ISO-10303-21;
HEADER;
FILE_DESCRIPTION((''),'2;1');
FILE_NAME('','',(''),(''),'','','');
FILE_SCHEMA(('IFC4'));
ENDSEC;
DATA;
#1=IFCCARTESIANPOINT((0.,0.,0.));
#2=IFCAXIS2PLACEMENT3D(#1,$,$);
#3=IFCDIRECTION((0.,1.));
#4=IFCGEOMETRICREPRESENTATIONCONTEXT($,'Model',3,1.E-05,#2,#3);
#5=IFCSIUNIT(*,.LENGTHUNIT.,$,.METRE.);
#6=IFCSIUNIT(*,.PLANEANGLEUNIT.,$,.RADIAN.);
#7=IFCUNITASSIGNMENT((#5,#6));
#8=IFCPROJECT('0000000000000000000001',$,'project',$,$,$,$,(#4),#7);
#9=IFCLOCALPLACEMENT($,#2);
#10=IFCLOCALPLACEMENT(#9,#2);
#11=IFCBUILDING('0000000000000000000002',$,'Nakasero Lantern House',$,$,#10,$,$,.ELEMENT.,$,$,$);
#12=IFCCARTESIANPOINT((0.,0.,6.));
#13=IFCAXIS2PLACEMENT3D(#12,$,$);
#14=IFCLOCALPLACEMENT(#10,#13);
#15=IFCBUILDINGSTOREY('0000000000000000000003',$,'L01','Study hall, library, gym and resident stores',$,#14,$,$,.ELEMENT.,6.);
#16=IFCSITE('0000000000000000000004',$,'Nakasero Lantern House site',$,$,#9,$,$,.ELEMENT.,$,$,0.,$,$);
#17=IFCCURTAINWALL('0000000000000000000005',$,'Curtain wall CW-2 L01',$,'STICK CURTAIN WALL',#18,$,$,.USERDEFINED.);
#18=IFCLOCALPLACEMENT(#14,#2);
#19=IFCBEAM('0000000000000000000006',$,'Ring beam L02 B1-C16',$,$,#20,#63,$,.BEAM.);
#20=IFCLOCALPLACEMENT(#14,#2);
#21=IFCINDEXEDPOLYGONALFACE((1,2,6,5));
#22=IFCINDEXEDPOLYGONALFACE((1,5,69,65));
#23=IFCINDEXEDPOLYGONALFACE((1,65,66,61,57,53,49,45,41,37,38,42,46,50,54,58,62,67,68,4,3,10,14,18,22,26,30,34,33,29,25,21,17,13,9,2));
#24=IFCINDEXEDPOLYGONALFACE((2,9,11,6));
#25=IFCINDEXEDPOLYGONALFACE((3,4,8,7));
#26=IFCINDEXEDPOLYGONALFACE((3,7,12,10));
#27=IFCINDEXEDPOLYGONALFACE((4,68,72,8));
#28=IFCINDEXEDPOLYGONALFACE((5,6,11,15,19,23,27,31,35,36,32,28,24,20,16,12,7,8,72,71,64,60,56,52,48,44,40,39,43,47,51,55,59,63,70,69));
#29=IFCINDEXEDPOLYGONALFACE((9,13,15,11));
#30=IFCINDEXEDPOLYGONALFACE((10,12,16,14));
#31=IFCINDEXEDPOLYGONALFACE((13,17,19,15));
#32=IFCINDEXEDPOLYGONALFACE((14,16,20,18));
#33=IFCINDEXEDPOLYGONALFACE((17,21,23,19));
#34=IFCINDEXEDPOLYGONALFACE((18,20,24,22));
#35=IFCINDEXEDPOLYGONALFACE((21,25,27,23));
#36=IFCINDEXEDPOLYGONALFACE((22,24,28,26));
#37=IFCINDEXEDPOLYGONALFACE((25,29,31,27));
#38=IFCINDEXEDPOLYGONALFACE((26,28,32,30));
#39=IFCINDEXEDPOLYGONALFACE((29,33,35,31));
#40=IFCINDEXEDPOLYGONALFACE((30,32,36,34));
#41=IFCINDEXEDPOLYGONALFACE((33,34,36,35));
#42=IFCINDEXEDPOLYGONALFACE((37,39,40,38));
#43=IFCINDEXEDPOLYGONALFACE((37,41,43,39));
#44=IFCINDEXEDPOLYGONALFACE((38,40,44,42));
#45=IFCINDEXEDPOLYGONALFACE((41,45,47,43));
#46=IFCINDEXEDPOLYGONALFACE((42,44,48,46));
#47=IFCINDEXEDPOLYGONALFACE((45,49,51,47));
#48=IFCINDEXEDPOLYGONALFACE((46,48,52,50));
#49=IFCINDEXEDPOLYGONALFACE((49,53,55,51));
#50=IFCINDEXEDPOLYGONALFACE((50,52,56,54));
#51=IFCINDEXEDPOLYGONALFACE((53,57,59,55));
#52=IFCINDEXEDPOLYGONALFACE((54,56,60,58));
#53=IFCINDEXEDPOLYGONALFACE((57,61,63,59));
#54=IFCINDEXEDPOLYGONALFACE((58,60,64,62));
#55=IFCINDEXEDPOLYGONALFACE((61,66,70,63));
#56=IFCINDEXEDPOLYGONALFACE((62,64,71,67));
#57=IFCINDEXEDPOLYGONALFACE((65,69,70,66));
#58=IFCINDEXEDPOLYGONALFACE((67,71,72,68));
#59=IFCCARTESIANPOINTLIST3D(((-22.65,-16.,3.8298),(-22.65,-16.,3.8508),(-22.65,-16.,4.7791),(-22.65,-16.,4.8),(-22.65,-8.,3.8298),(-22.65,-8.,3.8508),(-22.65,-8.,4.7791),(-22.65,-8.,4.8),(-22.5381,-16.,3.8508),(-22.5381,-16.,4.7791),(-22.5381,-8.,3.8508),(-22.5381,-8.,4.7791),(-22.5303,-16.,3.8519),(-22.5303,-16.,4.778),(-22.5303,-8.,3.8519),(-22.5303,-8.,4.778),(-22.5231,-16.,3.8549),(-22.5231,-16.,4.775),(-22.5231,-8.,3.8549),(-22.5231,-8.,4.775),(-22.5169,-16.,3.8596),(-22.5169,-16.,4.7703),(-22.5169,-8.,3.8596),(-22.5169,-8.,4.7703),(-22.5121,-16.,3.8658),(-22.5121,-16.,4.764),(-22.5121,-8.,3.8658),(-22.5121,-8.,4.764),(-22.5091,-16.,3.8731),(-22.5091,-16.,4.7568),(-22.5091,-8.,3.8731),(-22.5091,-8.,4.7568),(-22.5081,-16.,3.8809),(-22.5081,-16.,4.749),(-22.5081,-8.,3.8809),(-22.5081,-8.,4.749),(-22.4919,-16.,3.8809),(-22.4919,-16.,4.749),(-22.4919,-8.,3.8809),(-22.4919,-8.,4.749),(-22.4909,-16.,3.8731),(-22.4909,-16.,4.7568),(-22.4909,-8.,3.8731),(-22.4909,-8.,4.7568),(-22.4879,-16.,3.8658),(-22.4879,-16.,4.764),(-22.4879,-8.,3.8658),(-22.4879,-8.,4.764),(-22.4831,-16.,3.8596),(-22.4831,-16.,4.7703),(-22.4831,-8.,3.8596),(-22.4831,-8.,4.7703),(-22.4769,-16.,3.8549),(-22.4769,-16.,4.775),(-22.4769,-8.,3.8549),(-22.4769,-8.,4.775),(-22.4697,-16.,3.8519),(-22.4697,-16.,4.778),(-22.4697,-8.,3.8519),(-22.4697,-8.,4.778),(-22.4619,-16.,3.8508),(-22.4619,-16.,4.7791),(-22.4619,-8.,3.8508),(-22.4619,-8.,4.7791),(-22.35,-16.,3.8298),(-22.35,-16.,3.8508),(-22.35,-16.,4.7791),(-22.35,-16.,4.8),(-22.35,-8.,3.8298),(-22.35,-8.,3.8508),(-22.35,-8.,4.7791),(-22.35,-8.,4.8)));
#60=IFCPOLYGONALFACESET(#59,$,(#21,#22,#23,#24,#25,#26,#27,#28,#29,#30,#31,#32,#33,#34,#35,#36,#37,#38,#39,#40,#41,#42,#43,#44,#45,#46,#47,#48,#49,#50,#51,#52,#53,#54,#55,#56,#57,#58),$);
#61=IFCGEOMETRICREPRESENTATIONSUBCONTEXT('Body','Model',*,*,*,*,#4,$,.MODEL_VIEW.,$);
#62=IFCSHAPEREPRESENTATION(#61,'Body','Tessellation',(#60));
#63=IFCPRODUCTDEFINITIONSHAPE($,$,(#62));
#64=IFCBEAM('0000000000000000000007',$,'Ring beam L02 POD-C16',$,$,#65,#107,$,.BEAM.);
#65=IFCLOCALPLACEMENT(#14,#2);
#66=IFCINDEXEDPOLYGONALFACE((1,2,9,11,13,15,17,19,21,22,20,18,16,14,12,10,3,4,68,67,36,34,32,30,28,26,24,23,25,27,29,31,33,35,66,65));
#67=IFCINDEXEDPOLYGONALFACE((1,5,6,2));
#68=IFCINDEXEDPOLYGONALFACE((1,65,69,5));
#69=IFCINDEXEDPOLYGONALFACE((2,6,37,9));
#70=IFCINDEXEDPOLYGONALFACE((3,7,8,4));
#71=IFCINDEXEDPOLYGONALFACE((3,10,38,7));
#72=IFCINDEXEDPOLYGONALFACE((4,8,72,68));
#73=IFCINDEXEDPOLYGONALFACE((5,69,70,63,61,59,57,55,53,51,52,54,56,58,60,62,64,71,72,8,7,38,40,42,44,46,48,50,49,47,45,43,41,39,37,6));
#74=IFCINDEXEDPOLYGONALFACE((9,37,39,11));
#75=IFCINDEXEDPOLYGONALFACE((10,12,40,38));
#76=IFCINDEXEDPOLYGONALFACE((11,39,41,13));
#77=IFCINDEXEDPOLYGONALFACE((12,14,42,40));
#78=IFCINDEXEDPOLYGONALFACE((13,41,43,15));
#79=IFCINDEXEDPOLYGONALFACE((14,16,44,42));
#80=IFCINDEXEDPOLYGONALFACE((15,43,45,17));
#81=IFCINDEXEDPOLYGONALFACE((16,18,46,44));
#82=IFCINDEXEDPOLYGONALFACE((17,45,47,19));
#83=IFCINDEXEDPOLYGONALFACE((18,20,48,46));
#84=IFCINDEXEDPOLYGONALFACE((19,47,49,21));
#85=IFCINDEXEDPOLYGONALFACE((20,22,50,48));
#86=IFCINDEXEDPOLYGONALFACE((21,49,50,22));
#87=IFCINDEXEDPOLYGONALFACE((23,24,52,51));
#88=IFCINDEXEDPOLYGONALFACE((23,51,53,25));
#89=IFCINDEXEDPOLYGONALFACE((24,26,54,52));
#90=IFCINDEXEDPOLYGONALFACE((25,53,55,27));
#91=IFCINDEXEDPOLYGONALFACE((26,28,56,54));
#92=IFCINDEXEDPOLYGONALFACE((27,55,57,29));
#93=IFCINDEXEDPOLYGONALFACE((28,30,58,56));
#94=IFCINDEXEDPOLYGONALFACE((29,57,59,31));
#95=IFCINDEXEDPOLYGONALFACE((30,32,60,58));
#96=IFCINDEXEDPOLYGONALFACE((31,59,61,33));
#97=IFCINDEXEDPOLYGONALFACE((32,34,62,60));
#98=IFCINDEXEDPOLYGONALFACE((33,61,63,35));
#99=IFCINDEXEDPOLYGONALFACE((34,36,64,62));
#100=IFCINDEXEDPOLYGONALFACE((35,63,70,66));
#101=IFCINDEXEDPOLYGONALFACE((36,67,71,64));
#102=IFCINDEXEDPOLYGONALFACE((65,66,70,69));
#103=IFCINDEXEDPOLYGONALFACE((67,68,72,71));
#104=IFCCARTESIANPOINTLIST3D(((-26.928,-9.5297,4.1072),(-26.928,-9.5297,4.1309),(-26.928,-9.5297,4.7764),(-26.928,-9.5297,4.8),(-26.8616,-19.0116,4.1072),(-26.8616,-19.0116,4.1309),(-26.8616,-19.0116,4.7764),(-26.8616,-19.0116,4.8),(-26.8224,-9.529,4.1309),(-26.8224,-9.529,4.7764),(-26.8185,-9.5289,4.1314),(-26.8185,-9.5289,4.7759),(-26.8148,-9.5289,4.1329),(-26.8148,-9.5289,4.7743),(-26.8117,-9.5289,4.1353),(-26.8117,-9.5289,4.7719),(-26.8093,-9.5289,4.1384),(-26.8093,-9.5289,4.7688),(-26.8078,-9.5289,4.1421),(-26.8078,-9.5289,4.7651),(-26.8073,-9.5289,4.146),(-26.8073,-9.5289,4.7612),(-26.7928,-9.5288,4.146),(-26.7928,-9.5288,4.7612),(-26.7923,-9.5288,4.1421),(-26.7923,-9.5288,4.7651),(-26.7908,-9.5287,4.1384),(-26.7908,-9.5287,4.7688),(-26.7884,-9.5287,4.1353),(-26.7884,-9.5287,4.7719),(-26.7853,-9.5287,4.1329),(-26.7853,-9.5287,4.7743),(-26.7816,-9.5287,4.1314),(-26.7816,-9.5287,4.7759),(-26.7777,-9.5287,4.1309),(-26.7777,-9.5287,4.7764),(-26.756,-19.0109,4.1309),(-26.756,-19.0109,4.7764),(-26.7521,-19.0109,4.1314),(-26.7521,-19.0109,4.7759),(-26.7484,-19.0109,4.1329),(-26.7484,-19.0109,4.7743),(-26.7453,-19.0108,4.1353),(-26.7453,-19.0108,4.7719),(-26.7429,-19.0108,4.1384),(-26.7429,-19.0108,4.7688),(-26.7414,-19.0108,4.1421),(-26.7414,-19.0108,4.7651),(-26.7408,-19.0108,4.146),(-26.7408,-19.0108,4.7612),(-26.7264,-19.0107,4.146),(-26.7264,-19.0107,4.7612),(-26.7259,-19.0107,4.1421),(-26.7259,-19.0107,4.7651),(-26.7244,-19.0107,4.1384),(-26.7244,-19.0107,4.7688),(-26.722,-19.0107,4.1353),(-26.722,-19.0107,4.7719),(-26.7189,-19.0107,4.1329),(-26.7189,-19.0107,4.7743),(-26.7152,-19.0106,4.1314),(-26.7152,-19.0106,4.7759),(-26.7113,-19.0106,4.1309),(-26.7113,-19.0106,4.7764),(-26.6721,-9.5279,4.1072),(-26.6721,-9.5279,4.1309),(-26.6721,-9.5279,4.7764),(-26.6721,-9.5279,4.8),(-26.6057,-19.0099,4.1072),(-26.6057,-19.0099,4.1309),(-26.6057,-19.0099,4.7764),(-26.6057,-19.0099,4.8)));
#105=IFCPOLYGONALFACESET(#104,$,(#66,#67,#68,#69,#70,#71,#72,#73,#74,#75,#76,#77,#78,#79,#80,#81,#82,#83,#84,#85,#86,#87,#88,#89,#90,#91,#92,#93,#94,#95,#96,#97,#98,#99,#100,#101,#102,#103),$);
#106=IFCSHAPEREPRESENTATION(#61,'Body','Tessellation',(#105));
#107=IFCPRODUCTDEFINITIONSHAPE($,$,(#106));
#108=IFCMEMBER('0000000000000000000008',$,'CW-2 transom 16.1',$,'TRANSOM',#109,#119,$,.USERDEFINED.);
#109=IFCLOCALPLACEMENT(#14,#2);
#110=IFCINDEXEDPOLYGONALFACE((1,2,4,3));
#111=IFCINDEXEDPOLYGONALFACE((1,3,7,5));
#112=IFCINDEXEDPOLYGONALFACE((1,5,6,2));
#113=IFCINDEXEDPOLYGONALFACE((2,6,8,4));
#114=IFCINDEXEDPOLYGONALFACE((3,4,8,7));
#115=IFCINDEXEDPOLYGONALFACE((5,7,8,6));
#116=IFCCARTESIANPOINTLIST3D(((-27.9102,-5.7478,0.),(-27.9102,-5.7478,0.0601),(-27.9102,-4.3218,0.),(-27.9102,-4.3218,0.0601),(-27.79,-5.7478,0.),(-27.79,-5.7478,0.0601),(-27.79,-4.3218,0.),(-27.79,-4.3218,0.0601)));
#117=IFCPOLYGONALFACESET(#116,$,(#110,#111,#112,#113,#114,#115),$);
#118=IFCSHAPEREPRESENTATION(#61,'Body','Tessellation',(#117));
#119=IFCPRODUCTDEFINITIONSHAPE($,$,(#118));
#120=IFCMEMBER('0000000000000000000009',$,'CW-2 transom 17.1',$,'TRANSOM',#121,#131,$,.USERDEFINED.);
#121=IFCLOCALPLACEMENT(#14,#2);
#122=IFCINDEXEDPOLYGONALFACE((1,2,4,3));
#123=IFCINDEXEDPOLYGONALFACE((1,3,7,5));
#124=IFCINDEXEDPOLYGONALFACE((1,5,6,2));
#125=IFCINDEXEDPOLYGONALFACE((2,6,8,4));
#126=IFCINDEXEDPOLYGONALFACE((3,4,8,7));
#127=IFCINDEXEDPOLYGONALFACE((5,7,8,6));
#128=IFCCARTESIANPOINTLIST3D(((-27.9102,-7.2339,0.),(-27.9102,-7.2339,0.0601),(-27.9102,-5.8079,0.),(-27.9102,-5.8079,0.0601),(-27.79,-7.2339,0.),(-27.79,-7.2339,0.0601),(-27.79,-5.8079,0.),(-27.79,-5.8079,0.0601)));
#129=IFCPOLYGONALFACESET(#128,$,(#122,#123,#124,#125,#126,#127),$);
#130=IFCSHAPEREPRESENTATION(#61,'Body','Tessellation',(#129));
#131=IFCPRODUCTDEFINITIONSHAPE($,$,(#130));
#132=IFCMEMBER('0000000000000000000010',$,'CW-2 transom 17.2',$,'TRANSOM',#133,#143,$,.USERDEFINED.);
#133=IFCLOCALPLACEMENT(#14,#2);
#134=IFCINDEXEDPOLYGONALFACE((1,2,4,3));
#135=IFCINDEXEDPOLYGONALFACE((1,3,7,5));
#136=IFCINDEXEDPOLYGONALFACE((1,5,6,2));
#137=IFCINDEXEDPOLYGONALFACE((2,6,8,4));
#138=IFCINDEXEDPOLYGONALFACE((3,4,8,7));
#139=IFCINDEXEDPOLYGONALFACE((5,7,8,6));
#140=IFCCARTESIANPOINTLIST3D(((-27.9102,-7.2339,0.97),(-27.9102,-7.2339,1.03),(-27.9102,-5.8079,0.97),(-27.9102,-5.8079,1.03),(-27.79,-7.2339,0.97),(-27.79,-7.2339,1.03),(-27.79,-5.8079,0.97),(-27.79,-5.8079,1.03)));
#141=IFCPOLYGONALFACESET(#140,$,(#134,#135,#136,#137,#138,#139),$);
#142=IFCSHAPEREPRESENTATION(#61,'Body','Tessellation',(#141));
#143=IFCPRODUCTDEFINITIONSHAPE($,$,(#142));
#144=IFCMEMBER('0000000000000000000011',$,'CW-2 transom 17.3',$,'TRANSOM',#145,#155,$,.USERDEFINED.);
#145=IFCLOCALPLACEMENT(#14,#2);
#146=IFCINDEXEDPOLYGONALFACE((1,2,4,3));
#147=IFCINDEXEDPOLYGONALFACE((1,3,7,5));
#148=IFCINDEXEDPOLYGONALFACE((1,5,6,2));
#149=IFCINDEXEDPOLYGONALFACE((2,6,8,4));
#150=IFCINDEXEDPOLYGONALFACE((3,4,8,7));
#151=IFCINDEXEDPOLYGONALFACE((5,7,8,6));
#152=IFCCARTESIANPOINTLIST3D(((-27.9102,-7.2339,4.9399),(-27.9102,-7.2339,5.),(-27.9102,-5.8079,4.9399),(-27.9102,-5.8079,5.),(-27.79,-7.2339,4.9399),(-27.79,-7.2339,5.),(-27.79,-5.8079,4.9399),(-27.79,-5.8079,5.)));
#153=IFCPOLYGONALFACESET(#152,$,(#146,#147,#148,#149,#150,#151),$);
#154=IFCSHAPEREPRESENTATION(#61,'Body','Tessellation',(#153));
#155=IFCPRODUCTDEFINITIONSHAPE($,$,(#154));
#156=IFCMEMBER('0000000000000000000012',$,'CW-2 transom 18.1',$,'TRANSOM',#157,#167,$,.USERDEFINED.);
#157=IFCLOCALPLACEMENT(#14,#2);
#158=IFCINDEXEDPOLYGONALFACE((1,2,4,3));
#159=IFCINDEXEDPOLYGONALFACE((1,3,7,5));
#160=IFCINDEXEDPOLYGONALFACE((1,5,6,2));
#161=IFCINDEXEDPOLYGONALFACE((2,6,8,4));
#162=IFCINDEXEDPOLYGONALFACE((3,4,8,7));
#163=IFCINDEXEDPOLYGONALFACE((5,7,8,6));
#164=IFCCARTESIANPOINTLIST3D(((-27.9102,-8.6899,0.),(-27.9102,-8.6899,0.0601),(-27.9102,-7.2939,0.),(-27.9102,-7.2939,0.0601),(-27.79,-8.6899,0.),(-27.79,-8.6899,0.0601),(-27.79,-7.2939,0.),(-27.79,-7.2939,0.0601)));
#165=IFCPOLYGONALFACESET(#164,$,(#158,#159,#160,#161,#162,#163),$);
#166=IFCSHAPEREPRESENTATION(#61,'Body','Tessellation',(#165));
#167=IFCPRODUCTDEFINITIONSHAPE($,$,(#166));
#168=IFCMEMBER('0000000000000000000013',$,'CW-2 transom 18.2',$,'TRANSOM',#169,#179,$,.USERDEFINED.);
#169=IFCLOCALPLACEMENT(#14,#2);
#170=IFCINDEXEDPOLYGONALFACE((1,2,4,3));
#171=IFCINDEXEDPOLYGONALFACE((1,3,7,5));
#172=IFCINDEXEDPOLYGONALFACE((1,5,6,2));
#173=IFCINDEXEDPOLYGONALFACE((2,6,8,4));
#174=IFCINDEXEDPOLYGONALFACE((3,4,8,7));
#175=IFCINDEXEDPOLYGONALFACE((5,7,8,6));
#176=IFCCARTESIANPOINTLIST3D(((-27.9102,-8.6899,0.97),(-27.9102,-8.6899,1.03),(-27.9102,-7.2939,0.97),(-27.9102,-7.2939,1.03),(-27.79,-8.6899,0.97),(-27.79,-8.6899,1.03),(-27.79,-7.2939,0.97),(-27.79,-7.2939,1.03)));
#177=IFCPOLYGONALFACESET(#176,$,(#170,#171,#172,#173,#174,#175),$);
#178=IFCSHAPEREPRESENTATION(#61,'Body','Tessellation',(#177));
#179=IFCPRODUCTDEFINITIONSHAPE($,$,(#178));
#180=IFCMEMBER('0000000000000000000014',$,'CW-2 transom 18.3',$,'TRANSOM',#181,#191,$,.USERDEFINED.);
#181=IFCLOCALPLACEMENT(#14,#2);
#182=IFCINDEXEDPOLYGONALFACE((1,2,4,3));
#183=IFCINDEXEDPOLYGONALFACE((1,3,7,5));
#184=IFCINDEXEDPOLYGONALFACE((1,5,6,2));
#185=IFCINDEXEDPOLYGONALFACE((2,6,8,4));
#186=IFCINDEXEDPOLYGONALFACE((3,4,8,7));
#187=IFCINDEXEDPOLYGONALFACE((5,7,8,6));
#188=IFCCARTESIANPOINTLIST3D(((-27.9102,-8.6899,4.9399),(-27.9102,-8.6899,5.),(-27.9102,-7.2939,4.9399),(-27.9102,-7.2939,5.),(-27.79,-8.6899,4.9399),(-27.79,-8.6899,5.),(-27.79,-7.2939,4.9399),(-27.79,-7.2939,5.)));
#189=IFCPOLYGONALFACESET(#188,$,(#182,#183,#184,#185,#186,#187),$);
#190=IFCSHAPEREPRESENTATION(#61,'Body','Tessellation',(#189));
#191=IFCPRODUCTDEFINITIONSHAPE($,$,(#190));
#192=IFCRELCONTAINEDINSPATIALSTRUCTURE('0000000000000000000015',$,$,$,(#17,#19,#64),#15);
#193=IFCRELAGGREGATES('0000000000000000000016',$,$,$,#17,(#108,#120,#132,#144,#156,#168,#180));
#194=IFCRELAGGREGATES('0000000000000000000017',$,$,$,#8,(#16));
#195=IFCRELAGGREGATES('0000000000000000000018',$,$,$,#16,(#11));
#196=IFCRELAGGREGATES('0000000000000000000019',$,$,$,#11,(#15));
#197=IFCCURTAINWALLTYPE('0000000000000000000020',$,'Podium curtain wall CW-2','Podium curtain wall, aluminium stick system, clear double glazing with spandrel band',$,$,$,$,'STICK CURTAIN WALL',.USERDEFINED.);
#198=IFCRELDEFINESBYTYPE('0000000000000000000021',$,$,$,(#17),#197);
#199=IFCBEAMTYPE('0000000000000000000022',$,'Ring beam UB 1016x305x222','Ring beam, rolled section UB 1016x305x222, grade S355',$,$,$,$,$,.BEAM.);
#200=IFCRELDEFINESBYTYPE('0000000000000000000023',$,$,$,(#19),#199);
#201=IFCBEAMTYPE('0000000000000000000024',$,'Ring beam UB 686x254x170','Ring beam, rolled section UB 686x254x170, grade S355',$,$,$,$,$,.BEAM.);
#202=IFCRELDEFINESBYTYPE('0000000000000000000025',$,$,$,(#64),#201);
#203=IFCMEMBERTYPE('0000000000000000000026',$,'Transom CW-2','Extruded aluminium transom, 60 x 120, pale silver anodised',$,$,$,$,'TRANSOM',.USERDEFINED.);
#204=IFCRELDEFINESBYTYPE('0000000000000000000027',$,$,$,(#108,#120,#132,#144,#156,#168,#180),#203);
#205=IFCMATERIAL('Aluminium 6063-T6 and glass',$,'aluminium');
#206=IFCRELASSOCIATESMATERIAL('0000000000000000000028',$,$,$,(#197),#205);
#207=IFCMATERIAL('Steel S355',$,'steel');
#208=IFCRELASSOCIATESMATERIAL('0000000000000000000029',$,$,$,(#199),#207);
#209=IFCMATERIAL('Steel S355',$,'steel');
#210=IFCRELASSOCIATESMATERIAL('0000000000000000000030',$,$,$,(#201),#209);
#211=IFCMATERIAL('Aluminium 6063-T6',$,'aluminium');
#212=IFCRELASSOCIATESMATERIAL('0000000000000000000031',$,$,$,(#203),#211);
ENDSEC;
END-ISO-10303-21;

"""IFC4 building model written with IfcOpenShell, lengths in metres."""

from ifc_helpers import new_model, si_unit, direction, frame, origin, origin_2d, place, context, subcontext, project, spatial, rectangle, i_section, extrude, material, material_profile, profile_set, type_object, element, aggregate, save


model = new_model("IFC4")

# Units and contexts
model_context = context("Model", 3, precision=1e-05, world=origin(), true_north=direction((0.0, 1.0)))
body_context = subcontext(model_context, "Body", "Model", "MODEL_VIEW")
ifc_project = project(units=[si_unit("LENGTHUNIT", "METRE"), si_unit("PLANEANGLEUNIT", "RADIAN")], contexts=[model_context])

# Site, building, storey
site_placement = place(None, origin())
site = spatial("IfcSite", under=ifc_project, at=site_placement, Name="Nakasero Lantern House site", CompositionType="ELEMENT", RefElevation=0.0)
building_placement = place(site_placement, origin())
building = spatial("IfcBuilding", under=site, at=building_placement, Name="Nakasero Lantern House", CompositionType="ELEMENT")
storey_placement = place(building_placement, frame((0.0, 0.0, 6.0)))
storey = spatial("IfcBuildingStorey", under=building, at=storey_placement, Name="L01", Description="Study hall, library, gym and resident stores", CompositionType="ELEMENT", Elevation=6.0)

# Curtain wall
ifc_material_1 = material(Name="Aluminium 6063-T6 and glass", Category="aluminium")
curtain_wall_type = type_object("IfcCurtainWallType", Name="Podium curtain wall CW-2", Description="Podium curtain wall, aluminium stick system, clear double glazing with spandrel band", ElementType="STICK CURTAIN WALL", PredefinedType="USERDEFINED", material=ifc_material_1)
curtain_wall_placement = place(storey_placement, origin())
curtain_wall = element("IfcCurtainWall", 1, at=curtain_wall_placement, inside=storey, type_object=curtain_wall_type, Name="Curtain wall CW-2 L01", ObjectType="STICK CURTAIN WALL", PredefinedType="USERDEFINED")

# Beams
ifc_material_2 = material(Name="Steel S355", Category="steel")
ifc_material_profile_1 = material_profile(ifc_material_2, i_section(OverallWidth=0.3, OverallDepth=0.9702, WebThickness=0.0161, FlangeThickness=0.021, FilletRadius=0.03, at=origin_2d()), Name="UB 1016x305x222")
ifc_profile_set_1 = profile_set([ifc_material_profile_1], Name="Steel S355")
beam_type_1 = type_object("IfcBeamType", Name="Ring beam UB 1016x305x222", Description="Ring beam, rolled section UB 1016x305x222, grade S355", PredefinedType="BEAM", material=ifc_profile_set_1)
beam_1_placement = place(storey_placement, frame((-22.5, -8.0, 4.3149), z_axis=(0.0, -1.0, 0.0), x_axis=(1.0, 0.0, 0.0)))
element("IfcBeam", 2, at=beam_1_placement, inside=storey, type_object=beam_type_1, Name="Ring beam L02 B1-C16", PredefinedType="BEAM", context=body_context, shape_type="SweptSolid", body=[
    extrude(i_section(OverallWidth=0.3, OverallDepth=0.9702, WebThickness=0.0161, FlangeThickness=0.021, FilletRadius=0.03, at=origin_2d()), origin(), (0.0, 0.0, 1.0), 8.0),
])
ifc_material_3 = material(Name="Steel S355", Category="steel")
ifc_material_profile_2 = material_profile(ifc_material_3, i_section(OverallWidth=0.2559, OverallDepth=0.6929, WebThickness=0.0144, FlangeThickness=0.0237, FilletRadius=0.0151, at=origin_2d()), Name="UB 686x254x170")
ifc_profile_set_2 = profile_set([ifc_material_profile_2], Name="Steel S355")
beam_type_2 = type_object("IfcBeamType", Name="Ring beam UB 686x254x170", Description="Ring beam, rolled section UB 686x254x170, grade S355", PredefinedType="BEAM", material=ifc_profile_set_2)
beam_2_placement = place(storey_placement, frame((-26.8, -9.5288, 4.4536), z_axis=(0.007003, -0.999975, 0.0), x_axis=(0.999975, 0.007003, 0.0)))
element("IfcBeam", 3, at=beam_2_placement, inside=storey, type_object=beam_type_2, Name="Ring beam L02 POD-C16", PredefinedType="BEAM", context=body_context, shape_type="SweptSolid", body=[
    extrude(i_section(OverallWidth=0.2559, OverallDepth=0.6929, WebThickness=0.0144, FlangeThickness=0.0237, FilletRadius=0.0151, at=origin_2d()), origin(), (0.0, 0.0, 1.0), 9.4822),
])

# Members
ifc_material_4 = material(Name="Aluminium 6063-T6", Category="aluminium")
ifc_material_profile_3 = material_profile(ifc_material_4, rectangle(XDim=0.0601, YDim=0.1201, at=origin_2d()), Name="CW-2 transom 60x120")
ifc_profile_set_3 = profile_set([ifc_material_profile_3], Name="Aluminium 6063-T6")
member_type_1 = type_object("IfcMemberType", Name="Transom CW-2", Description="Extruded aluminium transom, 60 x 120, pale silver anodised", ElementType="TRANSOM", PredefinedType="USERDEFINED", material=ifc_profile_set_3)
member_1_placement = place(storey_placement, frame((-27.8501, -4.3218, 0.03), z_axis=(0.0, -1.0, 0.0), x_axis=(0.0, 0.0, 1.0)))
member_1 = element("IfcMember", 4, at=member_1_placement, type_object=member_type_1, Name="CW-2 transom 16.1", ObjectType="TRANSOM", PredefinedType="USERDEFINED", context=body_context, shape_type="SweptSolid", body=[
    extrude(rectangle(XDim=0.0601, YDim=0.1201, at=origin_2d()), origin(), (0.0, 0.0, 1.0), 1.426),
])
member_2_placement = place(storey_placement, frame((-27.8501, -5.8079, 0.03), z_axis=(0.0, -1.0, 0.0), x_axis=(0.0, 0.0, 1.0)))
member_2 = element("IfcMember", 5, at=member_2_placement, type_object=member_type_1, Name="CW-2 transom 17.1", ObjectType="TRANSOM", PredefinedType="USERDEFINED", context=body_context, shape_type="SweptSolid", body=[
    extrude(rectangle(XDim=0.0601, YDim=0.1201, at=origin_2d()), origin(), (0.0, 0.0, 1.0), 1.426),
])
member_3_placement = place(storey_placement, frame((-27.8501, -5.8079, 1.0), z_axis=(0.0, -1.0, 0.0), x_axis=(0.0, 0.0, 1.0)))
member_3 = element("IfcMember", 6, at=member_3_placement, type_object=member_type_1, Name="CW-2 transom 17.2", ObjectType="TRANSOM", PredefinedType="USERDEFINED", context=body_context, shape_type="SweptSolid", body=[
    extrude(rectangle(XDim=0.0601, YDim=0.1201, at=origin_2d()), origin(), (0.0, 0.0, 1.0), 1.426),
])
member_4_placement = place(storey_placement, frame((-27.8501, -5.8079, 4.97), z_axis=(0.0, -1.0, 0.0), x_axis=(0.0, 0.0, 1.0)))
member_4 = element("IfcMember", 7, at=member_4_placement, type_object=member_type_1, Name="CW-2 transom 17.3", ObjectType="TRANSOM", PredefinedType="USERDEFINED", context=body_context, shape_type="SweptSolid", body=[
    extrude(rectangle(XDim=0.0601, YDim=0.1201, at=origin_2d()), origin(), (0.0, 0.0, 1.0), 1.426),
])
member_5_placement = place(storey_placement, frame((-27.8501, -7.2939, 0.03), z_axis=(0.0, -1.0, 0.0), x_axis=(0.0, 0.0, 1.0)))
member_5 = element("IfcMember", 8, at=member_5_placement, type_object=member_type_1, Name="CW-2 transom 18.1", ObjectType="TRANSOM", PredefinedType="USERDEFINED", context=body_context, shape_type="SweptSolid", body=[
    extrude(rectangle(XDim=0.0601, YDim=0.1201, at=origin_2d()), origin(), (0.0, 0.0, 1.0), 1.396),
])
member_6_placement = place(storey_placement, frame((-27.8501, -7.2939, 1.0), z_axis=(0.0, -1.0, 0.0), x_axis=(0.0, 0.0, 1.0)))
member_6 = element("IfcMember", 9, at=member_6_placement, type_object=member_type_1, Name="CW-2 transom 18.2", ObjectType="TRANSOM", PredefinedType="USERDEFINED", context=body_context, shape_type="SweptSolid", body=[
    extrude(rectangle(XDim=0.0601, YDim=0.1201, at=origin_2d()), origin(), (0.0, 0.0, 1.0), 1.396),
])
member_7_placement = place(storey_placement, frame((-27.8501, -7.2939, 4.97), z_axis=(0.0, -1.0, 0.0), x_axis=(0.0, 0.0, 1.0)))
member_7 = element("IfcMember", 10, at=member_7_placement, type_object=member_type_1, Name="CW-2 transom 18.3", ObjectType="TRANSOM", PredefinedType="USERDEFINED", context=body_context, shape_type="SweptSolid", body=[
    extrude(rectangle(XDim=0.0601, YDim=0.1201, at=origin_2d()), origin(), (0.0, 0.0, 1.0), 1.396),
])

aggregate(curtain_wall, [member_1, member_2, member_3, member_4, member_5, member_6, member_7])

save(model, "model.ifc")
